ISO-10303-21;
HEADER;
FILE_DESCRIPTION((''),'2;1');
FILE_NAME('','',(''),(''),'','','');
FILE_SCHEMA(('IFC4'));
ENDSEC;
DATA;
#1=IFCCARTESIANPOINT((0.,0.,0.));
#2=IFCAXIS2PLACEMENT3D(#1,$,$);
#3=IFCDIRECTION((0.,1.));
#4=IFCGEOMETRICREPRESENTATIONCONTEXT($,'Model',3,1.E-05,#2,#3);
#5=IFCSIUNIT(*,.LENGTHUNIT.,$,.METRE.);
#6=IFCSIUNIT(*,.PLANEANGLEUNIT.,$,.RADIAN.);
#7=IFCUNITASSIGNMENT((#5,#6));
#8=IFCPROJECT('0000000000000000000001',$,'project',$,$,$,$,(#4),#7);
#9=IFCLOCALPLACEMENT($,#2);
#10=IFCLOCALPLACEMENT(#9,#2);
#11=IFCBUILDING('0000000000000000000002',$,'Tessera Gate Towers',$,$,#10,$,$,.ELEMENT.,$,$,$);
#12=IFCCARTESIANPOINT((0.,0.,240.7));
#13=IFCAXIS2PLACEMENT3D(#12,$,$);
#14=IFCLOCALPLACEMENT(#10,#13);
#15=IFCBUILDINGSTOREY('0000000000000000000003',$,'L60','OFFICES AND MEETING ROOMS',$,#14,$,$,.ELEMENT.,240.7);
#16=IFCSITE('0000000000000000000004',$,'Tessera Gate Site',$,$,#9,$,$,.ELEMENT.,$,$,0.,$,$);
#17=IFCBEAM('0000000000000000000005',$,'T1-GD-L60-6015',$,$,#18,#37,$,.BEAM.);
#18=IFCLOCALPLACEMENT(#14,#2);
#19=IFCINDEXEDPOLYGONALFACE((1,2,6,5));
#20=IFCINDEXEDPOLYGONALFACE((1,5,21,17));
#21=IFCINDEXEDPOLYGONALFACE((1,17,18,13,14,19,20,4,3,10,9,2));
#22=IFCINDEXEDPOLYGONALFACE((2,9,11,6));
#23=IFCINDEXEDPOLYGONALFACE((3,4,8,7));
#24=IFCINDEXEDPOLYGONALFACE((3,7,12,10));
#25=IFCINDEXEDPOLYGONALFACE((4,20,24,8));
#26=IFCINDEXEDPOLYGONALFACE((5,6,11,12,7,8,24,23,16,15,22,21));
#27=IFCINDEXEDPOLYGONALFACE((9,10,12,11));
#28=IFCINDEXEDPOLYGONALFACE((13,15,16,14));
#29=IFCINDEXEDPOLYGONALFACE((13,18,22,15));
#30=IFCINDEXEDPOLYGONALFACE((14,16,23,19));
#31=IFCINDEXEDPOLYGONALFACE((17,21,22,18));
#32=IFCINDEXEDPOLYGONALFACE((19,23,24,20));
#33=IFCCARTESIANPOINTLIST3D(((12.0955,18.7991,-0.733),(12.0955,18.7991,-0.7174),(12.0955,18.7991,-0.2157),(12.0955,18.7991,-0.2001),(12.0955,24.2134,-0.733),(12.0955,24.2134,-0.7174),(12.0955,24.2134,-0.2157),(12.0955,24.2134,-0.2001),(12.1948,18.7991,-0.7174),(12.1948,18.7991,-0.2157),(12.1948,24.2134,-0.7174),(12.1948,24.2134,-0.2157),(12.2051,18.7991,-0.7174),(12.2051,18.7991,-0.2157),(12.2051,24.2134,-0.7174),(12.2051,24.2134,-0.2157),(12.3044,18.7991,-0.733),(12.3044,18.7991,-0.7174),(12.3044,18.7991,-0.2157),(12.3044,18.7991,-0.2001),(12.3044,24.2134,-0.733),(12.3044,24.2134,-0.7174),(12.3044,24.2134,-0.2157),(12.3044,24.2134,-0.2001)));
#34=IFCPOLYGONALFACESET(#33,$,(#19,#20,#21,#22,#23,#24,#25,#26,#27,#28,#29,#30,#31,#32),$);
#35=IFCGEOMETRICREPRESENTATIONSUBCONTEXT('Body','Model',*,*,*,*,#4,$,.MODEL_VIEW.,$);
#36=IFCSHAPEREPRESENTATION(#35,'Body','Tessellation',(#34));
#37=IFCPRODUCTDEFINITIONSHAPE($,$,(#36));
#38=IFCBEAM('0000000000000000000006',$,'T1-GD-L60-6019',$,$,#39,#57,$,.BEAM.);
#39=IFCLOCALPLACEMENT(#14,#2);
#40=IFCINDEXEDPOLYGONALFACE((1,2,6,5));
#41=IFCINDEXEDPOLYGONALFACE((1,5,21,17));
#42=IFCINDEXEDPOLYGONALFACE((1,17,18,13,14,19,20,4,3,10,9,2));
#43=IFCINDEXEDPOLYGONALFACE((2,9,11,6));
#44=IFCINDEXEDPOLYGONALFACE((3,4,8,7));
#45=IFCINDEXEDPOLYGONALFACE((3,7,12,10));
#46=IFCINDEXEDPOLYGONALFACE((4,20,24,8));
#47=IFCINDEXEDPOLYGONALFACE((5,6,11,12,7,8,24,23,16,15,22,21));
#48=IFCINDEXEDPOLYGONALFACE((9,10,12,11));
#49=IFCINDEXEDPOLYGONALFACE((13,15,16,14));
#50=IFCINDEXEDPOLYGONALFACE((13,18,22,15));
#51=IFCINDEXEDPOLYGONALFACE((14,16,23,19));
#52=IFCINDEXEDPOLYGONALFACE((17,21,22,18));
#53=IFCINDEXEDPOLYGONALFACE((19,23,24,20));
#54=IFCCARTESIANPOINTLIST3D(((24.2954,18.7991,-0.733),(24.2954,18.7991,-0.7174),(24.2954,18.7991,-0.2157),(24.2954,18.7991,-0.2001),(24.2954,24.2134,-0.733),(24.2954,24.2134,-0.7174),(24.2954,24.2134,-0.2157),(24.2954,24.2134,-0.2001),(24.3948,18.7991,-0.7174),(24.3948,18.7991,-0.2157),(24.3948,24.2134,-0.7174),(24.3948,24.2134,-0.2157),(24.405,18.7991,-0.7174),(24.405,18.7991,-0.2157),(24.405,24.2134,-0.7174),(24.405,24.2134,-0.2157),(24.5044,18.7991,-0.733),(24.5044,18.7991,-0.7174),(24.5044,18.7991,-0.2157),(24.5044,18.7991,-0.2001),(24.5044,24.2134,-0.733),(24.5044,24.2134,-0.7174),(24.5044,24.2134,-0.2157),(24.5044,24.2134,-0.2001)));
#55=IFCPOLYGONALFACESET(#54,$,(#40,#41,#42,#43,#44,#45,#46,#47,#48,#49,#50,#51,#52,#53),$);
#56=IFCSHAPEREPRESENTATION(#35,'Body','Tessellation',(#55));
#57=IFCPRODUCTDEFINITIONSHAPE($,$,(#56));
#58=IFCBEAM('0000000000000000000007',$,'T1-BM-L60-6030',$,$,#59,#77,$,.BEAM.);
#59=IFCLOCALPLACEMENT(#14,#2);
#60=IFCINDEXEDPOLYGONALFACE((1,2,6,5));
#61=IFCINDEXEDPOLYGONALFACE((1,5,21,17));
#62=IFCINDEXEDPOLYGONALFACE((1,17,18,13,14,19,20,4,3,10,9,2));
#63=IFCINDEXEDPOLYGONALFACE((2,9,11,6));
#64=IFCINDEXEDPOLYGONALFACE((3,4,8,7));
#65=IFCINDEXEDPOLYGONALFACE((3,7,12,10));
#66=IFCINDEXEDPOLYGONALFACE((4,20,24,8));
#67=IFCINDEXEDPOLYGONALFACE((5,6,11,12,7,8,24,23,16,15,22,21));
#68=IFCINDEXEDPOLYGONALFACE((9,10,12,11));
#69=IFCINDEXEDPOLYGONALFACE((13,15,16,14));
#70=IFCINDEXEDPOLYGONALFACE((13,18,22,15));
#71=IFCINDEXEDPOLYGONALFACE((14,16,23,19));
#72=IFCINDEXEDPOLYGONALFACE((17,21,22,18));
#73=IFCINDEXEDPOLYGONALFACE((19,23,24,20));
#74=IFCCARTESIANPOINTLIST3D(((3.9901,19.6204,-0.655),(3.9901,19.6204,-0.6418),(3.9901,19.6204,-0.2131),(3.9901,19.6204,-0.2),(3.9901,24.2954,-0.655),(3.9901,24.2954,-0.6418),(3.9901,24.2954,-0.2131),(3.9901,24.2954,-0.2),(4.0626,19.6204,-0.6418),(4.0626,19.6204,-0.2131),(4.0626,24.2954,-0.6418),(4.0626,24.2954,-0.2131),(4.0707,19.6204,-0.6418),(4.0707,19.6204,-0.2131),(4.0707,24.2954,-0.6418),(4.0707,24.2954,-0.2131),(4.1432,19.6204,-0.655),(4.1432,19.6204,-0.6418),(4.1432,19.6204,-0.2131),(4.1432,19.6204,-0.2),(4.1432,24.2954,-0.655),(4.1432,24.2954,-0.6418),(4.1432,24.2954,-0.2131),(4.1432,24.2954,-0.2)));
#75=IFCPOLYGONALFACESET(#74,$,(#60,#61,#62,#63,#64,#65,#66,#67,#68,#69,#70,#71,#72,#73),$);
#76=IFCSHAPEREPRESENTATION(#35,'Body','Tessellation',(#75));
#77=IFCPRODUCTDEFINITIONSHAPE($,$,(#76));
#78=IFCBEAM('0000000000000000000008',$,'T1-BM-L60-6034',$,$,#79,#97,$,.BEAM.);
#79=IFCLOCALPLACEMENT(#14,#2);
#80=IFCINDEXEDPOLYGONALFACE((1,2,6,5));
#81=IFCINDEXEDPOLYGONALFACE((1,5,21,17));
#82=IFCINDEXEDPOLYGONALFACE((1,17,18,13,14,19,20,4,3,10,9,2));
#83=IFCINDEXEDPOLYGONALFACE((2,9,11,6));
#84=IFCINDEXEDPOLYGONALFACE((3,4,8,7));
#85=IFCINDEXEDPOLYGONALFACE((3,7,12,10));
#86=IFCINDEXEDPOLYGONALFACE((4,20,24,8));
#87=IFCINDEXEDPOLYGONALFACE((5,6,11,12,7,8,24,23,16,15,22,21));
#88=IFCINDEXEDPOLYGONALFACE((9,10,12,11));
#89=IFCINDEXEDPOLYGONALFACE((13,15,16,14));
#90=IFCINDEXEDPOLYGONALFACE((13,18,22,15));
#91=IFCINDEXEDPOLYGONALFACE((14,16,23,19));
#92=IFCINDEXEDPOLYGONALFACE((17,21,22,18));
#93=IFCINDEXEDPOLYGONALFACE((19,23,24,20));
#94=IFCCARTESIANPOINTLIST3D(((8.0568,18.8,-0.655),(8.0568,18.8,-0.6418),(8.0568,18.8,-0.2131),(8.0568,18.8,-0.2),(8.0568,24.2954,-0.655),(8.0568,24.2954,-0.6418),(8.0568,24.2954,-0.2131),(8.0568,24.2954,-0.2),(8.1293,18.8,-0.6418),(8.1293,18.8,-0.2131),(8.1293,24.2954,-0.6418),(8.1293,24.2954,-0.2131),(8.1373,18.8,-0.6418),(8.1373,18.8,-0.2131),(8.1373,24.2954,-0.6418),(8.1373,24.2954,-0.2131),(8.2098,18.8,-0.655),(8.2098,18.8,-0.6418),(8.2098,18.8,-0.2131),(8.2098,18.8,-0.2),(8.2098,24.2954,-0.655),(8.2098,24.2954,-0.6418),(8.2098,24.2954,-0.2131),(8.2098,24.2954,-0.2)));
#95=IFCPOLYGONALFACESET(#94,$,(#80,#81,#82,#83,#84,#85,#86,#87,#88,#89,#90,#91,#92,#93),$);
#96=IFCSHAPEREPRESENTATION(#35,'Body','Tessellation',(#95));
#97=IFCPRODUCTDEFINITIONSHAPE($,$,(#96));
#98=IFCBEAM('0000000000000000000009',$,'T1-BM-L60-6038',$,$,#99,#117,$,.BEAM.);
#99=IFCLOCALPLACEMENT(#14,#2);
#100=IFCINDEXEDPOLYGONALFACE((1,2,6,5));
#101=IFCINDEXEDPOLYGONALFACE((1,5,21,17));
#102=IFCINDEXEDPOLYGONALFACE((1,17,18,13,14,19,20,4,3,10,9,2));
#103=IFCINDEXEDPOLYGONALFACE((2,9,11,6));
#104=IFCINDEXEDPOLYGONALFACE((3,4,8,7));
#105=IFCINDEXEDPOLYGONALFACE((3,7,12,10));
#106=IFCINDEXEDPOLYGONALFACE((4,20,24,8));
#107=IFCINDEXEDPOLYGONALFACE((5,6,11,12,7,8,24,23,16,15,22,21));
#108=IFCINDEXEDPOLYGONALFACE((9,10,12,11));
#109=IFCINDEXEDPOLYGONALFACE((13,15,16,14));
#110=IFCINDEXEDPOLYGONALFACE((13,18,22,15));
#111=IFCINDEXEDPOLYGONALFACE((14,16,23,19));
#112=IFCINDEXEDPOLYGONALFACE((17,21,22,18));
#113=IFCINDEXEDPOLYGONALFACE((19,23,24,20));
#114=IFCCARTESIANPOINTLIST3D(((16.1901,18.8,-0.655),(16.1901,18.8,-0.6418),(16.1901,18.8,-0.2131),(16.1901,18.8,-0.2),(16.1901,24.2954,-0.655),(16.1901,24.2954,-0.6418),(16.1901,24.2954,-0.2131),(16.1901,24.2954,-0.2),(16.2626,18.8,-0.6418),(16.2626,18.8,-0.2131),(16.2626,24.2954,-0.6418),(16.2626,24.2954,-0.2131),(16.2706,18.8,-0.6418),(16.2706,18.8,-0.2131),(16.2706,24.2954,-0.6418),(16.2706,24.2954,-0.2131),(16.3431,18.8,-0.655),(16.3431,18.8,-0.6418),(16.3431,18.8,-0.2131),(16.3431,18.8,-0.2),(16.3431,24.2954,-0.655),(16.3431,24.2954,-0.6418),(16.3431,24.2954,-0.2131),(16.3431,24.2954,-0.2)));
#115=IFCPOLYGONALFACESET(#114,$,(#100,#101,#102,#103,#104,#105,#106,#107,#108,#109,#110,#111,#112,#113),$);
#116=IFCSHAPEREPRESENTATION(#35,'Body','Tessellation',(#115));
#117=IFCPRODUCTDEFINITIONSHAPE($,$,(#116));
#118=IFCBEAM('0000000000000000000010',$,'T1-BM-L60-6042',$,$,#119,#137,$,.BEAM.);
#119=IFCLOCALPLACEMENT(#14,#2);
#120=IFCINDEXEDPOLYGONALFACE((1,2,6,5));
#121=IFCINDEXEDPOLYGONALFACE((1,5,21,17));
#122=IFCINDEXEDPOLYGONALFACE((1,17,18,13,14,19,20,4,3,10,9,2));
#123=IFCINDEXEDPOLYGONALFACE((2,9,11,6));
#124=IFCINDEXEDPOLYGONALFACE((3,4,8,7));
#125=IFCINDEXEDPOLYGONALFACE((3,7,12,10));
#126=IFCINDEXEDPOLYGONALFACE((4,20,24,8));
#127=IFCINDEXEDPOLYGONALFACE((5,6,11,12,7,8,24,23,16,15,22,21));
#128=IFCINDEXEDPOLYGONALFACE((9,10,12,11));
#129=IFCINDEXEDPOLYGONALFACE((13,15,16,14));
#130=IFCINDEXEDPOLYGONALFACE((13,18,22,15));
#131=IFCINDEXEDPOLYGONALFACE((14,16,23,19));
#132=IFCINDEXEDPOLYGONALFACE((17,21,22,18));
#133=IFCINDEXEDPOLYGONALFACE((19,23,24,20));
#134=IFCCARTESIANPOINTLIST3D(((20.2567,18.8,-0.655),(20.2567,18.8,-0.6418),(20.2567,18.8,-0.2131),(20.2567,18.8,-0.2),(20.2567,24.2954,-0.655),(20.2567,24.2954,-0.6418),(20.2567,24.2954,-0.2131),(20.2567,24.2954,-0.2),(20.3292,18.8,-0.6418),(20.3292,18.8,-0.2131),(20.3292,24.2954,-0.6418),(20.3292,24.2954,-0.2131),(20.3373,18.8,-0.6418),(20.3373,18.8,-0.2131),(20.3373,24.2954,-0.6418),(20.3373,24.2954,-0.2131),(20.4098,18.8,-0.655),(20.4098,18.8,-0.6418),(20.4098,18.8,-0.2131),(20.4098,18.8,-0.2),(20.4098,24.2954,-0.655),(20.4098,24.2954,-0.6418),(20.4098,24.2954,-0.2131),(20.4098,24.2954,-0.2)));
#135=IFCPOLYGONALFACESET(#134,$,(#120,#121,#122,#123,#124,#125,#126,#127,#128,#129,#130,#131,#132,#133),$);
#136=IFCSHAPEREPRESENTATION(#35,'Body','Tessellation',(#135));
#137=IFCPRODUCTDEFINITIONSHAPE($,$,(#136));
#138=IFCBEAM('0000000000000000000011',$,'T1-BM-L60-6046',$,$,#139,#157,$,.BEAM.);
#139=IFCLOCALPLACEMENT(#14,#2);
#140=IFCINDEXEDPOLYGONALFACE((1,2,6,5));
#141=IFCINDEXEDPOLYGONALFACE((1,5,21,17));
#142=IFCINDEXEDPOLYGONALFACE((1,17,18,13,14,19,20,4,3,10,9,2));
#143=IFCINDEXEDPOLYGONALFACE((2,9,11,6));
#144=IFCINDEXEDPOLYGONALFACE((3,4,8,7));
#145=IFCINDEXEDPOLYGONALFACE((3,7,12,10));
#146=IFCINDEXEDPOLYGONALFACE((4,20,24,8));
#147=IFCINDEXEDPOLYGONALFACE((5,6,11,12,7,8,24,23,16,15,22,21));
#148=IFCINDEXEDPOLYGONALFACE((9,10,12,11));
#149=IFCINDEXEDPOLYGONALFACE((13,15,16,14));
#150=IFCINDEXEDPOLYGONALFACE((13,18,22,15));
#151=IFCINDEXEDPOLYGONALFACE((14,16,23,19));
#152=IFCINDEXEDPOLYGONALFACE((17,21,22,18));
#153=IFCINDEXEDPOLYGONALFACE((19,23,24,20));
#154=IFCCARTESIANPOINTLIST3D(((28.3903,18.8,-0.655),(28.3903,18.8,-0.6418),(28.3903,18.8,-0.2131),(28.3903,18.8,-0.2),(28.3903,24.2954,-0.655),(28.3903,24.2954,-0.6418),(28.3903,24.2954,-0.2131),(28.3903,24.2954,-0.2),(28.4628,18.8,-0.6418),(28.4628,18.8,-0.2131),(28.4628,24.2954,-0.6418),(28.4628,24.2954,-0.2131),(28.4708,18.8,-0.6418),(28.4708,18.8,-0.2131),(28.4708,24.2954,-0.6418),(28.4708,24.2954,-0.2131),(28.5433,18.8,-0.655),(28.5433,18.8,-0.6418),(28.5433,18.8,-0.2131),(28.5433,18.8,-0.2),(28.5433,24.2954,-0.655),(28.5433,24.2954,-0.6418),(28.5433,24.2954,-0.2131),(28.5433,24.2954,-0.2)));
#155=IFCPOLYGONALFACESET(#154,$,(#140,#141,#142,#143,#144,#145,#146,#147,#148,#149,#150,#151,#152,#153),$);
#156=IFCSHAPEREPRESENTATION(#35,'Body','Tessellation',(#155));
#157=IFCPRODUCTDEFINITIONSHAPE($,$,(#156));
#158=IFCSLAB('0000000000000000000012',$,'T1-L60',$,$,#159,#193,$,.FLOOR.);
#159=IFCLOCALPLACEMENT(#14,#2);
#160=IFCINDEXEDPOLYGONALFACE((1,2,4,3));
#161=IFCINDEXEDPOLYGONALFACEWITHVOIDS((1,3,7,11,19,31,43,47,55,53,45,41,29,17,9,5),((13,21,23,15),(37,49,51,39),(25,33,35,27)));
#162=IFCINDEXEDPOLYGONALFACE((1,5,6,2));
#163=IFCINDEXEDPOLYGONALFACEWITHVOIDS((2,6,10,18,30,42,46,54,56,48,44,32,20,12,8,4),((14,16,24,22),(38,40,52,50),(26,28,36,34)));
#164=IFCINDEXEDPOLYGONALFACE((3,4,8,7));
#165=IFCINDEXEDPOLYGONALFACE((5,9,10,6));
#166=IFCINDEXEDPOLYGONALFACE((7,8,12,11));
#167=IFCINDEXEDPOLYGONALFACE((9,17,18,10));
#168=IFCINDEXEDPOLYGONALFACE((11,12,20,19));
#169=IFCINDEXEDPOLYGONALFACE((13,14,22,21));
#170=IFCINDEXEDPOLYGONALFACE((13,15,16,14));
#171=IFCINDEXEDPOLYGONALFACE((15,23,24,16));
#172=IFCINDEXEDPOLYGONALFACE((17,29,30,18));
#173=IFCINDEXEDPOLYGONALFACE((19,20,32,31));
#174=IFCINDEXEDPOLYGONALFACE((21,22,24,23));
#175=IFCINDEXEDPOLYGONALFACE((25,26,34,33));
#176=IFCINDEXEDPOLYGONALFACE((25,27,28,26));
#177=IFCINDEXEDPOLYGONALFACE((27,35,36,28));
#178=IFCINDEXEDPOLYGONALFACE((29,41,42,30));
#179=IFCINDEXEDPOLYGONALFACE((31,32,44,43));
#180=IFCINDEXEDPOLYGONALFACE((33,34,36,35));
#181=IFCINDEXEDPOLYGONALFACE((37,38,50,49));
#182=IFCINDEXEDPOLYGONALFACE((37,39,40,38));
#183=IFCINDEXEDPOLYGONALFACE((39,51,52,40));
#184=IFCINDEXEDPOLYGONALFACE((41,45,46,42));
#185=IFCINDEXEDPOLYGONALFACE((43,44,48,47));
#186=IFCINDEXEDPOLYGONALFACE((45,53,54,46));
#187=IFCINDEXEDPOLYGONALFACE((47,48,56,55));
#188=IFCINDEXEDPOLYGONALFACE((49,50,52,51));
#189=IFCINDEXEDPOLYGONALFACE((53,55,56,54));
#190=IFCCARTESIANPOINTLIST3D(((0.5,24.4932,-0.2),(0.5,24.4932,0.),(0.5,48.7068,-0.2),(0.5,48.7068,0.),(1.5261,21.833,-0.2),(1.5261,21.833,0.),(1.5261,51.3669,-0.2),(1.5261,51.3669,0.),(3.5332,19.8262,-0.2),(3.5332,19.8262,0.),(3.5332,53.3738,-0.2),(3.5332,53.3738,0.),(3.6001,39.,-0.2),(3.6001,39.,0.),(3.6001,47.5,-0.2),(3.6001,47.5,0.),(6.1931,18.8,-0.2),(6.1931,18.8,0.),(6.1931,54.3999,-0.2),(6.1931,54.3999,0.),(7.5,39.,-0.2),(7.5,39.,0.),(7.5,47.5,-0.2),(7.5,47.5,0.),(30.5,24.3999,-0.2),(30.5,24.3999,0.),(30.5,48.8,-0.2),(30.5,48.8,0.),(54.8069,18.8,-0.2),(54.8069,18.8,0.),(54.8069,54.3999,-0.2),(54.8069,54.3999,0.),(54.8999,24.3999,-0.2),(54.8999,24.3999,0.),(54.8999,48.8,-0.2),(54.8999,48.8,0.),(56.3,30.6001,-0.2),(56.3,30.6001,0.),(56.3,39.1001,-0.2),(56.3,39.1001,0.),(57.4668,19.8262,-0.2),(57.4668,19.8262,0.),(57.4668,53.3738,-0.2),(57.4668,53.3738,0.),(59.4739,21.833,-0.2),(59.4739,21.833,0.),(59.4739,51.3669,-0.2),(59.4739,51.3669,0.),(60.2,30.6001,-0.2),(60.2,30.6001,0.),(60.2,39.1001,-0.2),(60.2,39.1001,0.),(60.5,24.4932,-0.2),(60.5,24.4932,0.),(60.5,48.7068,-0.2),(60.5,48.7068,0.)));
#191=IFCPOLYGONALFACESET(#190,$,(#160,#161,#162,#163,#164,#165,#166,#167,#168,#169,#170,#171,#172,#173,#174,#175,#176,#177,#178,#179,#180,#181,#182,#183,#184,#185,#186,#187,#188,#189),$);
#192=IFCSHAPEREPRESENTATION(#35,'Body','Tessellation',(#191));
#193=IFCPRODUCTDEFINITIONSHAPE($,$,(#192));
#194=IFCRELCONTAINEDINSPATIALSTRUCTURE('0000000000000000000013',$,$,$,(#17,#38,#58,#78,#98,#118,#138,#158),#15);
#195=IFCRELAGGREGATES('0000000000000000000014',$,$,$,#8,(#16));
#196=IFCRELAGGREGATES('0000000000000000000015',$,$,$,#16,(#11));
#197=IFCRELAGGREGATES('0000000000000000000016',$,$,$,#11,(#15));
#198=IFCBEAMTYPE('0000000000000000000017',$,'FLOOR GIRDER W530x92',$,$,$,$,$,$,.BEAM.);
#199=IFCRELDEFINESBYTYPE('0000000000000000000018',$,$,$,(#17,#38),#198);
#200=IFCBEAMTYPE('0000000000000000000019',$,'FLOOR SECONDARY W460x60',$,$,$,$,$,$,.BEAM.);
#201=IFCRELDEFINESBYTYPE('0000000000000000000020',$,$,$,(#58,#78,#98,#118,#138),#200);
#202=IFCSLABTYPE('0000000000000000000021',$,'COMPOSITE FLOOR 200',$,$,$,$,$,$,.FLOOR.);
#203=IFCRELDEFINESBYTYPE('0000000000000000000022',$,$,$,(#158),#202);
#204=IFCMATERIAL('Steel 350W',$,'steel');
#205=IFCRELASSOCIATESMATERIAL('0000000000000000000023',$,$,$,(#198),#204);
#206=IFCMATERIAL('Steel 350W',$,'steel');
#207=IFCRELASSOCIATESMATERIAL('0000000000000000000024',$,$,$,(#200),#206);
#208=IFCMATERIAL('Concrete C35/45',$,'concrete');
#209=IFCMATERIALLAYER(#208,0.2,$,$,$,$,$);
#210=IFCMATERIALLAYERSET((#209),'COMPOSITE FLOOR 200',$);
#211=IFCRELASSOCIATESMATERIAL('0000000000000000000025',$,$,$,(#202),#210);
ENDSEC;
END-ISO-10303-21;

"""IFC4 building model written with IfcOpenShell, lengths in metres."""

from ifc_helpers import new_model, si_unit, direction, frame, origin, origin_2d, place, context, subcontext, project, spatial, polyline, i_section, outline, extrude, material, layer, layer_set, material_profile, profile_set, type_object, element, save


model = new_model("IFC4")

# Units and contexts
model_context = context("Model", 3, precision=1e-05, world=origin(), true_north=direction((0.0, 1.0)))
body_context = subcontext(model_context, "Body", "Model", "MODEL_VIEW")
ifc_project = project(units=[si_unit("LENGTHUNIT", "METRE"), si_unit("PLANEANGLEUNIT", "RADIAN")], contexts=[model_context])

# Site, building, storey
site_placement = place(None, origin())
site = spatial("IfcSite", under=ifc_project, at=site_placement, Name="Tessera Gate Site", CompositionType="ELEMENT", RefElevation=0.0)
building_placement = place(site_placement, origin())
building = spatial("IfcBuilding", under=site, at=building_placement, Name="Tessera Gate Towers", CompositionType="ELEMENT")
storey_placement = place(building_placement, frame((0.0, 0.0, 240.7)))
storey = spatial("IfcBuildingStorey", under=building, at=storey_placement, Name="L60", Description="OFFICES AND MEETING ROOMS", CompositionType="ELEMENT", Elevation=240.7)

# Beams
ifc_material_1 = material(Name="Steel 350W", Category="steel")
ifc_material_profile_1 = material_profile(ifc_material_1, i_section(OverallWidth=0.209, OverallDepth=0.533, WebThickness=0.0103, FlangeThickness=0.0156, at=origin_2d()), Name="W530x92")
ifc_profile_set_1 = profile_set([ifc_material_profile_1], Name="Steel 350W")
beam_type_1 = type_object("IfcBeamType", Name="FLOOR GIRDER W530x92", PredefinedType="BEAM", material=ifc_profile_set_1)
for number, where, z_axis, x_axis, name in (
    (1, (12.2, 18.7991, -0.4666), (0.0, 1.0, 0.0), (-1.0, 0.0, 0.0), "T1-GD-L60-6015"),
    (2, (24.3999, 18.7991, -0.4666), (0.0, 1.0, 0.0), (-1.0, 0.0, 0.0), "T1-GD-L60-6019"),
):
    element("IfcBeam", number, at=place(storey_placement, frame(where, z_axis=z_axis, x_axis=x_axis)), inside=storey, type_object=beam_type_1, Name=name, PredefinedType="BEAM", context=body_context, shape_type="SweptSolid", body=[
        extrude(i_section(OverallWidth=0.209, OverallDepth=0.533, WebThickness=0.0103, FlangeThickness=0.0156, at=origin_2d()), origin(), (0.0, 0.0, 1.0), 5.4143),
    ])
ifc_material_2 = material(Name="Steel 350W", Category="steel")
ifc_material_profile_2 = material_profile(ifc_material_2, i_section(OverallWidth=0.1531, OverallDepth=0.4551, WebThickness=0.0081, FlangeThickness=0.0132, at=origin_2d()), Name="W460x60")
ifc_profile_set_2 = profile_set([ifc_material_profile_2], Name="Steel 350W")
beam_type_2 = type_object("IfcBeamType", Name="FLOOR SECONDARY W460x60", PredefinedType="BEAM", material=ifc_profile_set_2)
beam_placement = place(storey_placement, frame((4.0667, 19.6204, -0.4275), z_axis=(0.0, 1.0, 0.0), x_axis=(-1.0, 0.0, 0.0)))
element("IfcBeam", 3, at=beam_placement, inside=storey, type_object=beam_type_2, Name="T1-BM-L60-6030", PredefinedType="BEAM", context=body_context, shape_type="SweptSolid", body=[
    extrude(i_section(OverallWidth=0.1531, OverallDepth=0.4551, WebThickness=0.0081, FlangeThickness=0.0132, at=origin_2d()), origin(), (0.0, 0.0, 1.0), 4.675),
])
for number, where, z_axis, x_axis, name in (
    (4, (8.1333, 18.8, -0.4275), (0.0, 1.0, 0.0), (-1.0, 0.0, 0.0), "T1-BM-L60-6034"),
    (5, (16.2666, 18.8, -0.4275), (0.0, 1.0, 0.0), (-1.0, 0.0, 0.0), "T1-BM-L60-6038"),
    (6, (20.3333, 18.8, -0.4275), (0.0, 1.0, 0.0), (-1.0, 0.0, 0.0), "T1-BM-L60-6042"),
    (7, (28.4668, 18.8, -0.4275), (0.0, 1.0, 0.0), (-1.0, 0.0, 0.0), "T1-BM-L60-6046"),
):
    element("IfcBeam", number, at=place(storey_placement, frame(where, z_axis=z_axis, x_axis=x_axis)), inside=storey, type_object=beam_type_2, Name=name, PredefinedType="BEAM", context=body_context, shape_type="SweptSolid", body=[
        extrude(i_section(OverallWidth=0.1531, OverallDepth=0.4551, WebThickness=0.0081, FlangeThickness=0.0132, at=origin_2d()), origin(), (0.0, 0.0, 1.0), 5.4954),
    ])

# Slab
ifc_material_3 = material(Name="Concrete C35/45", Category="concrete")
ifc_layer_1 = layer(ifc_material_3, 0.2)
ifc_layer_set_1 = layer_set([ifc_layer_1], Name="COMPOSITE FLOOR 200")
slab_type_1 = type_object("IfcSlabType", Name="COMPOSITE FLOOR 200", PredefinedType="FLOOR", material=ifc_layer_set_1)
slab_1_placement = place(storey_placement, frame((0.0, 0.0, -0.2)))
element("IfcSlab", 8, at=slab_1_placement, inside=storey, type_object=slab_type_1, Name="T1-L60", PredefinedType="FLOOR", context=body_context, shape_type="SweptSolid", body=[
    extrude(outline(polyline([(0.5, 24.4932), (1.5261, 21.833), (3.5332, 19.8262), (6.1931, 18.8), (54.8069, 18.8), (57.4668, 19.8262), (59.4739, 21.833), (60.5, 24.4932), (60.5, 48.7068), (59.4739, 51.3669), (57.4668, 53.3738), (54.8069, 54.3999), (6.1931, 54.3999), (3.5332, 53.3738), (1.5261, 51.3669), (0.5, 48.7068), (0.5, 24.4932)]), holes=[polyline([(3.6001, 39.0), (3.6001, 47.5), (7.5, 47.5), (7.5, 39.0), (3.6001, 39.0)]), polyline([(30.5, 24.3999), (30.5, 48.8), (54.8999, 48.8), (54.8999, 24.3999), (30.5, 24.3999)]), polyline([(56.3, 30.6001), (56.3, 39.1001), (60.2, 39.1001), (60.2, 30.6001), (56.3, 30.6001)])]), origin(), (0.0, 0.0, 1.0), 0.2),
])

save(model, "model.ifc")
